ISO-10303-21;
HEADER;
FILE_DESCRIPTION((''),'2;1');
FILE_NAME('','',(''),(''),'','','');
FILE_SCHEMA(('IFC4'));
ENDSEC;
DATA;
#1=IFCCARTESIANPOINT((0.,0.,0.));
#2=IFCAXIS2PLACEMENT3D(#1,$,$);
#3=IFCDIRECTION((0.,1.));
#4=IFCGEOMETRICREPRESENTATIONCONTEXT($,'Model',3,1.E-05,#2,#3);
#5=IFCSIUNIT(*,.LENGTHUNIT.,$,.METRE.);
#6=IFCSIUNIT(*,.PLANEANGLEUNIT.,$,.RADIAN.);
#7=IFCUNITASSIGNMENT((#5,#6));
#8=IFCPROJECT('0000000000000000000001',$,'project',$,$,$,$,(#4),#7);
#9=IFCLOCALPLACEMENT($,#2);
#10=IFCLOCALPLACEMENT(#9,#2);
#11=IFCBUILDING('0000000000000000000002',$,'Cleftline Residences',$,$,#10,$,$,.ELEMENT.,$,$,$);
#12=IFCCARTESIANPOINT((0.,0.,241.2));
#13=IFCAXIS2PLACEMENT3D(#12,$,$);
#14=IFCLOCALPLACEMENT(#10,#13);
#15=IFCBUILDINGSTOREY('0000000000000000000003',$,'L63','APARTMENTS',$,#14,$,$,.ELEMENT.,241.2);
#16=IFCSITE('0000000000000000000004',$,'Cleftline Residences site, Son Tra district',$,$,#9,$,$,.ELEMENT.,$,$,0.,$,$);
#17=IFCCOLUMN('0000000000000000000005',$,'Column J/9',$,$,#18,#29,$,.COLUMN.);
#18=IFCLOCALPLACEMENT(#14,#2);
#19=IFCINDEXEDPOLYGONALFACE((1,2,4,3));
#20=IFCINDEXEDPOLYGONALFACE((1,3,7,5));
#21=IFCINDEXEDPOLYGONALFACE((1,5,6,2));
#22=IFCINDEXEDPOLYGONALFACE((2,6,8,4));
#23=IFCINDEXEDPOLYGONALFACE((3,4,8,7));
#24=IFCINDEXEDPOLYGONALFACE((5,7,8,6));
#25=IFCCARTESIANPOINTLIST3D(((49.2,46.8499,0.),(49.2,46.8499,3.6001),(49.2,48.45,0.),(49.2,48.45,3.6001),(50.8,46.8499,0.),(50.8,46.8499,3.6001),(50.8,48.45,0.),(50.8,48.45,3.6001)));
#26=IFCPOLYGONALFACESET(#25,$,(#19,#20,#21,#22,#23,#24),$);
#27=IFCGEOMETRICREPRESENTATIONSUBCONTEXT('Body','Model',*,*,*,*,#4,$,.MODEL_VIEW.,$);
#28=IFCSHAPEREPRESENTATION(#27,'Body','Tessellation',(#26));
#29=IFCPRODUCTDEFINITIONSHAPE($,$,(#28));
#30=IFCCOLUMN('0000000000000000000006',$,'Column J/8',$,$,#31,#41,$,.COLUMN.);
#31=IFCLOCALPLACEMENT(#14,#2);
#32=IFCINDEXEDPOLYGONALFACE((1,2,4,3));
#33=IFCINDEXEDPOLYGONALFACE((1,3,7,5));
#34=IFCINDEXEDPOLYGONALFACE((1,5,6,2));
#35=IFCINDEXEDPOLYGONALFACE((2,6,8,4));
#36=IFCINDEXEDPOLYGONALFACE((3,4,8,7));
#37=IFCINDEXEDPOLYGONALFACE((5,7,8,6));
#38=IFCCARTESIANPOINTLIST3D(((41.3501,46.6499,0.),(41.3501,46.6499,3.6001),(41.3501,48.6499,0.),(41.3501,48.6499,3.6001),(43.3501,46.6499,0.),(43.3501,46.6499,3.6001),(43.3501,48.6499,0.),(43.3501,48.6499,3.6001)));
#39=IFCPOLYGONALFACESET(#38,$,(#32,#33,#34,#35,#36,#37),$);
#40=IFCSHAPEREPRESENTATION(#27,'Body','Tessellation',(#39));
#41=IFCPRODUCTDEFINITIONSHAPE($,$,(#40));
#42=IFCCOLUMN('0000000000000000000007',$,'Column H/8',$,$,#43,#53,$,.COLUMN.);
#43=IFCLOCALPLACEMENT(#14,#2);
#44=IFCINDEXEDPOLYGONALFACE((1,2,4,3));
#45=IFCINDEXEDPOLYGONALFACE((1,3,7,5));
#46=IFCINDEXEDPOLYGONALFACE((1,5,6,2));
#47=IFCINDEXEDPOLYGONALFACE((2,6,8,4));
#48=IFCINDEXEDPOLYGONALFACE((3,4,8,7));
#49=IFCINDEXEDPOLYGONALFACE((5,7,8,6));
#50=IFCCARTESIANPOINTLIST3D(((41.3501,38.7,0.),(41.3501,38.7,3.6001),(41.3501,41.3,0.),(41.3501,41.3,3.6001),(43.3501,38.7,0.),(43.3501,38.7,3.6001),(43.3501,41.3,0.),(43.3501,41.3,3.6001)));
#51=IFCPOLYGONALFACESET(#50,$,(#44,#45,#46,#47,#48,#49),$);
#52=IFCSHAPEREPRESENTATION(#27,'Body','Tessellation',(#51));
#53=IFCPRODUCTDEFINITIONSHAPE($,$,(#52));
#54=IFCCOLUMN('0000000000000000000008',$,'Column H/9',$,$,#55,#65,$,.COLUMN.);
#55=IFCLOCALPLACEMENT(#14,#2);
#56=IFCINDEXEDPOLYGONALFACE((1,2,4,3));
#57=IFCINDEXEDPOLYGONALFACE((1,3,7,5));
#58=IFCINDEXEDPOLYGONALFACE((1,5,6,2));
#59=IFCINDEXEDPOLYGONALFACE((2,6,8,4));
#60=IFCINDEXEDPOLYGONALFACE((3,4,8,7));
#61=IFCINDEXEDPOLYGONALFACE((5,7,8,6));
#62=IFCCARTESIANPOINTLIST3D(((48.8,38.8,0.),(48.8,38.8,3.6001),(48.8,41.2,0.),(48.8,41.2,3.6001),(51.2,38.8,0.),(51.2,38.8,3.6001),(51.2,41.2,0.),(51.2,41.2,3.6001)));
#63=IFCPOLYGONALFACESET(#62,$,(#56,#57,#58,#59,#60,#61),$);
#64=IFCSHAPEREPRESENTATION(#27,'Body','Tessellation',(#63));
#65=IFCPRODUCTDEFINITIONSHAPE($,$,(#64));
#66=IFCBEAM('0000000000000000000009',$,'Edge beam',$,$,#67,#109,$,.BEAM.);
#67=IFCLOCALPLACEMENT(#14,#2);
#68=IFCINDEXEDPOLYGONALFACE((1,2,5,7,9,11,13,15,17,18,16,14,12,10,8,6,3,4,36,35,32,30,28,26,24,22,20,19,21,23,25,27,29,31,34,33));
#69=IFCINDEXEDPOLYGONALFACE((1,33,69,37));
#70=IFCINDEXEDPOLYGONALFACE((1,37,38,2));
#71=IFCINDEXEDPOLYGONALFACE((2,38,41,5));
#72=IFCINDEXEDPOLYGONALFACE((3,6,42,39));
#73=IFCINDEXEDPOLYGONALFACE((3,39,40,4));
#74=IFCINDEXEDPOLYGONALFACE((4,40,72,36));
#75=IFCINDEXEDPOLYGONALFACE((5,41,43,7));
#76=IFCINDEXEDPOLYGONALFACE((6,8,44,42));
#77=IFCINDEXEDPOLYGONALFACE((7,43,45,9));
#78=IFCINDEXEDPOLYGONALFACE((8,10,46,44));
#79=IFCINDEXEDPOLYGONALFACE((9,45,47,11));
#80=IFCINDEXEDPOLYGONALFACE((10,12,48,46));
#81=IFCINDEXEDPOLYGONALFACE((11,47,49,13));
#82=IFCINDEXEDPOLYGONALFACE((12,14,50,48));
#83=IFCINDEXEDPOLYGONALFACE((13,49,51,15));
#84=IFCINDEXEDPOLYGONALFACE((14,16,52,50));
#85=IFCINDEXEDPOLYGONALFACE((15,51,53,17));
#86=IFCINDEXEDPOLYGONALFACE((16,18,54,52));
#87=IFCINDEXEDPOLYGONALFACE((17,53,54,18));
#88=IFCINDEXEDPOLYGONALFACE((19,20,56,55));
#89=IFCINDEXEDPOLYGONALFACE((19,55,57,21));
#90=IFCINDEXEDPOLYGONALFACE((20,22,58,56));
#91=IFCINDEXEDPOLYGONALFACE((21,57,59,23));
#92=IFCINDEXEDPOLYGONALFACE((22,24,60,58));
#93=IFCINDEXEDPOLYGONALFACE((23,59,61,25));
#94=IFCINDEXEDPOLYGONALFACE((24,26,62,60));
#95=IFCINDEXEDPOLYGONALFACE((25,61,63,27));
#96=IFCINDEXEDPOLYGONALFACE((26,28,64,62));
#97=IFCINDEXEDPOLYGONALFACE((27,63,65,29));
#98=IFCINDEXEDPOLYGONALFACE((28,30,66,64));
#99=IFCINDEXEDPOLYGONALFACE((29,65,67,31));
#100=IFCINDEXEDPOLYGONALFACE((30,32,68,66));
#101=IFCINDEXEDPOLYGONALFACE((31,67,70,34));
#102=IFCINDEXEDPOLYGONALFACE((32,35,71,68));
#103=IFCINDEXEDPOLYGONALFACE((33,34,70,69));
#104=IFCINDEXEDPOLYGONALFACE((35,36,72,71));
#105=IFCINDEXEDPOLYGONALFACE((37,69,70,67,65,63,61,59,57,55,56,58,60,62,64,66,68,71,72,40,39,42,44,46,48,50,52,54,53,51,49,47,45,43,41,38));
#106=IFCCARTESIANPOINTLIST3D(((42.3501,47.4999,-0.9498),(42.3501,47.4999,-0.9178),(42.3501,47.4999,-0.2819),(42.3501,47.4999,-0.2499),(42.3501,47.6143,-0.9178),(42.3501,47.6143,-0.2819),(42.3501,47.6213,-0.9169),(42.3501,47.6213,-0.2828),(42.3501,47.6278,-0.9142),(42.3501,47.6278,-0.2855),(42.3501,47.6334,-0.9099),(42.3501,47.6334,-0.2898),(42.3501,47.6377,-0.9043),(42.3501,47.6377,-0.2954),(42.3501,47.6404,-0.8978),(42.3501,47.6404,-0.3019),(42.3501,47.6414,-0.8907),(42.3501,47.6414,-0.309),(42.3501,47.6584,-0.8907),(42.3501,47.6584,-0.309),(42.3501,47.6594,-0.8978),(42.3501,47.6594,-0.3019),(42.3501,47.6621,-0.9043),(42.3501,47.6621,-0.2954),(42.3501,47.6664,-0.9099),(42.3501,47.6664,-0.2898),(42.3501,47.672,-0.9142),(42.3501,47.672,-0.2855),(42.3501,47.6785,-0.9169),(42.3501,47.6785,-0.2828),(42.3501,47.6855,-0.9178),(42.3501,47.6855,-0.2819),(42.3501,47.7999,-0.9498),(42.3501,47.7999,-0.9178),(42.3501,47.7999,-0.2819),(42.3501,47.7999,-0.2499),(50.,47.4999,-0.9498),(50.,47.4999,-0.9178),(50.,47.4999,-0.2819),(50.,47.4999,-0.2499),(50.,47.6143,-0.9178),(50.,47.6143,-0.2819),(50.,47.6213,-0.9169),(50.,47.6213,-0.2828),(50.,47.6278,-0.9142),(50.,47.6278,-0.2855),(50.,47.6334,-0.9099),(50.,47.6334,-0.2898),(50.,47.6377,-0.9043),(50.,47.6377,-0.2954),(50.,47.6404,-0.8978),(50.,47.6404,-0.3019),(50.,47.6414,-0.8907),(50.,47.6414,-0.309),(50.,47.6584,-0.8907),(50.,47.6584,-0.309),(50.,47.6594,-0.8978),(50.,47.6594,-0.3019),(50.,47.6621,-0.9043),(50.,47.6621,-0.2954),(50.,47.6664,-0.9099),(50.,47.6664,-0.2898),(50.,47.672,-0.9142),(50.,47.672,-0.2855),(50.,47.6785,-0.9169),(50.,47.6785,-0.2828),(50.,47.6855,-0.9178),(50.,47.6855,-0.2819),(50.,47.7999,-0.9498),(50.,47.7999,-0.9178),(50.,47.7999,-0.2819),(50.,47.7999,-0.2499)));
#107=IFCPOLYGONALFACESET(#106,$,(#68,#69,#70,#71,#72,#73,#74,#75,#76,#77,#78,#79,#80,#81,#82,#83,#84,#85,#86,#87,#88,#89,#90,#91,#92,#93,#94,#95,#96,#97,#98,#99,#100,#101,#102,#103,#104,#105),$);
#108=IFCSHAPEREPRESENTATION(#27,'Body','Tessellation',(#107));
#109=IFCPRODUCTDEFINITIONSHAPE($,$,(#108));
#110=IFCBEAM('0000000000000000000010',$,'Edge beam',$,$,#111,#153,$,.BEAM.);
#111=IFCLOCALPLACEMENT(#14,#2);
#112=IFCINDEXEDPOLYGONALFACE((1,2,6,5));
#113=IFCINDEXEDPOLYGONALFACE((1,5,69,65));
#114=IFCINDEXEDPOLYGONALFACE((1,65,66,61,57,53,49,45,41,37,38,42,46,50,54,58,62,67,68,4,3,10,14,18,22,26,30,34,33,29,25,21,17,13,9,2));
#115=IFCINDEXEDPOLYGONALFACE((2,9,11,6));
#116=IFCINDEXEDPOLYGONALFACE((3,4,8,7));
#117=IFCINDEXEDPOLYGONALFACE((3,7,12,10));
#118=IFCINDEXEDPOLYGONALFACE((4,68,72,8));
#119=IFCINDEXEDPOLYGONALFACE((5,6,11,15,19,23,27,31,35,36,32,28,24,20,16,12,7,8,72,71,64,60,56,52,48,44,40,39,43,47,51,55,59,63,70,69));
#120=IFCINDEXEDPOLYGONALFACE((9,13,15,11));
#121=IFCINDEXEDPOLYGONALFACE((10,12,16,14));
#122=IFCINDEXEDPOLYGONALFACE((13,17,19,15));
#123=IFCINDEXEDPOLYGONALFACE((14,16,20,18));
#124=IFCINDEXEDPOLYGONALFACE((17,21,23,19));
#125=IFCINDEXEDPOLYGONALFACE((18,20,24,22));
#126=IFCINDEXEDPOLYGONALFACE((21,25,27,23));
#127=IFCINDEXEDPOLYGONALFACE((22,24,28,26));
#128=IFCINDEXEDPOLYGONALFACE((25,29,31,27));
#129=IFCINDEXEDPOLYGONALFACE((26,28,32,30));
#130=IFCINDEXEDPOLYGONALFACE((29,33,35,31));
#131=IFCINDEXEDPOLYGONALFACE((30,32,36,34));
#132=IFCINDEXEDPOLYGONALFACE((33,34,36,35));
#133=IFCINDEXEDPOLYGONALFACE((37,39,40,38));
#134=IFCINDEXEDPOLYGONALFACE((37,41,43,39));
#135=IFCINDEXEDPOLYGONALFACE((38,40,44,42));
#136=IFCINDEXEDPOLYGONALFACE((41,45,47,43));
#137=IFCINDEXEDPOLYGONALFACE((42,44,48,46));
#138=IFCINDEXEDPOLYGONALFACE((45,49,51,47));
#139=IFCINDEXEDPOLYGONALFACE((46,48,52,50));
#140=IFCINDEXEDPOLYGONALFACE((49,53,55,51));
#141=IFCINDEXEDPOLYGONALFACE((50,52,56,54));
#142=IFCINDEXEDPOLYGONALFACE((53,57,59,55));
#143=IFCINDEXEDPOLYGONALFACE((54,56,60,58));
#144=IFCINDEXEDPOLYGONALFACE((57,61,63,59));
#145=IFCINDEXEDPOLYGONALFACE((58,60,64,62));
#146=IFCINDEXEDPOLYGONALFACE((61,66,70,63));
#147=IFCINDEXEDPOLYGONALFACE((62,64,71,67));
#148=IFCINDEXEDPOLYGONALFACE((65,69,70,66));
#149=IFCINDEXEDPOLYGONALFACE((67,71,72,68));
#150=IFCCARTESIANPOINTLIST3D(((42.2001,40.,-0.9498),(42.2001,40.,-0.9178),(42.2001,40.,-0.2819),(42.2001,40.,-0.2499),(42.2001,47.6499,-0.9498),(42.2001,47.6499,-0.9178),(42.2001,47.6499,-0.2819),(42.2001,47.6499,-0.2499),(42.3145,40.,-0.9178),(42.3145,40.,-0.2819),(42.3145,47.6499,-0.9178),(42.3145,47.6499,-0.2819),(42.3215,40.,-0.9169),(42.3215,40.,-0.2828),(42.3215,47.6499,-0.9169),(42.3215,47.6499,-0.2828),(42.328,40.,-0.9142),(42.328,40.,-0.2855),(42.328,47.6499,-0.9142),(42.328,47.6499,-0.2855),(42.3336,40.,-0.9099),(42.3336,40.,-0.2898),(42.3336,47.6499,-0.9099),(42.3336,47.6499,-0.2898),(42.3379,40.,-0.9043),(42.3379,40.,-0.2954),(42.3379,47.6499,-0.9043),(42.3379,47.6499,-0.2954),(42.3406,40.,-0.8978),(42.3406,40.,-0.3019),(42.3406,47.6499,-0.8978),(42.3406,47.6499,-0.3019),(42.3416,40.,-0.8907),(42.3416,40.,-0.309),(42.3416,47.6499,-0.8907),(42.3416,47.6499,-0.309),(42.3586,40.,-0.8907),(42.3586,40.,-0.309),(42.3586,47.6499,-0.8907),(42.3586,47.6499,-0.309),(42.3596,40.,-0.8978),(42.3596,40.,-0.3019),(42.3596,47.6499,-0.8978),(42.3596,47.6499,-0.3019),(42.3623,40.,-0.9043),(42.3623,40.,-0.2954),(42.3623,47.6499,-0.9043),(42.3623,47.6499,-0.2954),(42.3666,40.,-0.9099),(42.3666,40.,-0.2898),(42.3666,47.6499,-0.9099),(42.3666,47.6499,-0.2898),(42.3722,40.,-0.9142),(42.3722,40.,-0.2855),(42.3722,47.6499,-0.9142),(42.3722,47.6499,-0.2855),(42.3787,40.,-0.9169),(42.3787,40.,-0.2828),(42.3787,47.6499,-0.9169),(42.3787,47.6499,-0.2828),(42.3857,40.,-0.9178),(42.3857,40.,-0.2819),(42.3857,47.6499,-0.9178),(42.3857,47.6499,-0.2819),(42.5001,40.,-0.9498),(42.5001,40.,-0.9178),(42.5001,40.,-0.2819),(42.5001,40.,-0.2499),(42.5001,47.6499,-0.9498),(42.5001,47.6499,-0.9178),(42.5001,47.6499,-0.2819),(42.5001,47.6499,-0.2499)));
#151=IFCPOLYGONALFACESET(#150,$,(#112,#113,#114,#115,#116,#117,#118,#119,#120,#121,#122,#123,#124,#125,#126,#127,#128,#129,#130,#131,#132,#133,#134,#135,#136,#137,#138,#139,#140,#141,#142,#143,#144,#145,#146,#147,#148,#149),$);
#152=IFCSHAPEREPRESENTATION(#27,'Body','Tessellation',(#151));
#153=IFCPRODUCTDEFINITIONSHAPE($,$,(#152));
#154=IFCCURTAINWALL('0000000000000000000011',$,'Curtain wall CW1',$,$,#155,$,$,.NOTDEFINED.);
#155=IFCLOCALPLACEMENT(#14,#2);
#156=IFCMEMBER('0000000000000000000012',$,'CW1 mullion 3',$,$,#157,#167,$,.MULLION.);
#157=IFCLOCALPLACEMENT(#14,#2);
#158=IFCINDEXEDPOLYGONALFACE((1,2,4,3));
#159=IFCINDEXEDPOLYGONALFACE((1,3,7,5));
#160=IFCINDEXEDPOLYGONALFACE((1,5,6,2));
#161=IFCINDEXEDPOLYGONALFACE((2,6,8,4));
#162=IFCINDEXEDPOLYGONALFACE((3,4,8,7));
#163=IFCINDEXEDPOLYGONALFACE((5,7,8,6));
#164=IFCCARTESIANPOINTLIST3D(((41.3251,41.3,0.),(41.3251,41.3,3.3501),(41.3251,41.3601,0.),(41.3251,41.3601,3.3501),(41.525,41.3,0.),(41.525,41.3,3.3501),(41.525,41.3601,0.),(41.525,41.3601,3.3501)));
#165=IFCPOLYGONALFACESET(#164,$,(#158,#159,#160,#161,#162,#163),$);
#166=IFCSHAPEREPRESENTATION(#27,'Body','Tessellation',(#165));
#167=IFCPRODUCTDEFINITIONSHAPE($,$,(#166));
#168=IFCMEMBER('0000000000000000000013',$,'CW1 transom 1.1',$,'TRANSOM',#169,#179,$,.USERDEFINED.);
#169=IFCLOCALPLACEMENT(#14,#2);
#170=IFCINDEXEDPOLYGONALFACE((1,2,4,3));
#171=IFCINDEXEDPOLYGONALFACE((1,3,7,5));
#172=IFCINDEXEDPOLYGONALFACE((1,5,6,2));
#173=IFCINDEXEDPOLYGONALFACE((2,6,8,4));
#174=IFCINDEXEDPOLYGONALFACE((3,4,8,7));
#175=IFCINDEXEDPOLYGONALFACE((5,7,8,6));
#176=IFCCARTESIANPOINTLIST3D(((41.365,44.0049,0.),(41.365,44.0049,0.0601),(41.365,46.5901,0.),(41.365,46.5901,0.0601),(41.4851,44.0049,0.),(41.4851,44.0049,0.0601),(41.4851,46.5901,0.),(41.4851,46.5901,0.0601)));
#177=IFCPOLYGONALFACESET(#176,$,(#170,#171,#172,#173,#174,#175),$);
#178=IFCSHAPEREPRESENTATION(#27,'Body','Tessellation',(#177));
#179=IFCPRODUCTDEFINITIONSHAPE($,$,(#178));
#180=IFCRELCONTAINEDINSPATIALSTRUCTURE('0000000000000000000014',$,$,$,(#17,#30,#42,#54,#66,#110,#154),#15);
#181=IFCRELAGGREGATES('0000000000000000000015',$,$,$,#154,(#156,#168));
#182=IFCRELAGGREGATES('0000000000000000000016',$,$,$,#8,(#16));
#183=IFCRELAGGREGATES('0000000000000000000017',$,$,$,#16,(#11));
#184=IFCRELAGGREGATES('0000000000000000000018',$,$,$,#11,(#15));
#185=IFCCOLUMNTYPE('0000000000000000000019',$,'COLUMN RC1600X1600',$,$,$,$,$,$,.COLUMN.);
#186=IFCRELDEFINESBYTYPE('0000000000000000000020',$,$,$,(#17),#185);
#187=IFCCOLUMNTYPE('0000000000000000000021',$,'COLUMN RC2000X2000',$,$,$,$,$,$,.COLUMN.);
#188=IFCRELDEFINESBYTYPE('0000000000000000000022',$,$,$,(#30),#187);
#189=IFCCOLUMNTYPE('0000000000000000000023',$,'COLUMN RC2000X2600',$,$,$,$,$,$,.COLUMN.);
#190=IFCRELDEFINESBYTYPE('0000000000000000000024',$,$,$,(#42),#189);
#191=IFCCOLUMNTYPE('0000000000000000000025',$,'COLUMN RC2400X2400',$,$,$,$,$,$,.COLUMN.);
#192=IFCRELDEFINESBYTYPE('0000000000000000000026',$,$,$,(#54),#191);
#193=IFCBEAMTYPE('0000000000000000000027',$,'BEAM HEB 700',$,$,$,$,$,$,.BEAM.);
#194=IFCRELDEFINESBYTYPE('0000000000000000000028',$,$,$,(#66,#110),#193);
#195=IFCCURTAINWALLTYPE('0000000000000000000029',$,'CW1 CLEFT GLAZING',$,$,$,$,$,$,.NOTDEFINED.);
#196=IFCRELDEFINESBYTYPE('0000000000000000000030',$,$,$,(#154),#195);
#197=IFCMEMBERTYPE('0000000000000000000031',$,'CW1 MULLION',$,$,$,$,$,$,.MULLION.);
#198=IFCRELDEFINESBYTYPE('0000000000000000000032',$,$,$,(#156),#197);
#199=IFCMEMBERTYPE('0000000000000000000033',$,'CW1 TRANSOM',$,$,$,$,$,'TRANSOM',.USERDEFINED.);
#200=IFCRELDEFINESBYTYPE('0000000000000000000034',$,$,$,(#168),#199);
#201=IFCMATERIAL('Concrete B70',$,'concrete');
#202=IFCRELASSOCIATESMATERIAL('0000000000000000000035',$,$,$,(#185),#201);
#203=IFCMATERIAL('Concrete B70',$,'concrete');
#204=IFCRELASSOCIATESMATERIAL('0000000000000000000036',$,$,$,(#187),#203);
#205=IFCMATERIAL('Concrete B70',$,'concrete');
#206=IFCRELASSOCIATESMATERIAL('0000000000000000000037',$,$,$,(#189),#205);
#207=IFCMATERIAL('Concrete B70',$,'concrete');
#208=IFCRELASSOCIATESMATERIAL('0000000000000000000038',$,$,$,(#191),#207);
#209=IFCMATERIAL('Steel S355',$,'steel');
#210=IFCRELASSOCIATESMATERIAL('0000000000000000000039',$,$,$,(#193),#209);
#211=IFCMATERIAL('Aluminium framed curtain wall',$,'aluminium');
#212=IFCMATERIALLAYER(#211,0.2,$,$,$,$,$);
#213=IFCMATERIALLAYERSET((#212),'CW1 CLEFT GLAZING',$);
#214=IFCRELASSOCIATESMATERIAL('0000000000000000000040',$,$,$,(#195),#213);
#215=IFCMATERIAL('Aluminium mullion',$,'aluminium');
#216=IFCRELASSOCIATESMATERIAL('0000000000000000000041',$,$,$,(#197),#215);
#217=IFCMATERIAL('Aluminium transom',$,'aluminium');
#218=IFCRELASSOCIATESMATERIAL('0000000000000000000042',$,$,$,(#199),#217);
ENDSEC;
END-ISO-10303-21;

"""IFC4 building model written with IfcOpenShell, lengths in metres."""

from ifc_helpers import new_model, si_unit, direction, frame, origin, origin_2d, place, context, subcontext, project, spatial, rectangle, i_section, extrude, material, layer, layer_set, material_profile, profile_set, type_object, element, aggregate, save


model = new_model("IFC4")

# Units and contexts
model_context = context("Model", 3, precision=1e-05, world=origin(), true_north=direction((0.0, 1.0)))
body_context = subcontext(model_context, "Body", "Model", "MODEL_VIEW")
ifc_project = project(units=[si_unit("LENGTHUNIT", "METRE"), si_unit("PLANEANGLEUNIT", "RADIAN")], contexts=[model_context])

# Site, building, storey
site_placement = place(None, origin())
site = spatial("IfcSite", under=ifc_project, at=site_placement, Name="Cleftline Residences site, Son Tra district", CompositionType="ELEMENT", RefElevation=0.0)
building_placement = place(site_placement, origin())
building = spatial("IfcBuilding", under=site, at=building_placement, Name="Cleftline Residences", CompositionType="ELEMENT")
storey_placement = place(building_placement, frame((0.0, 0.0, 241.2)))
storey = spatial("IfcBuildingStorey", under=building, at=storey_placement, Name="L63", Description="APARTMENTS", CompositionType="ELEMENT", Elevation=241.2)

# Columns
ifc_material_1 = material(Name="Concrete B70", Category="concrete")
ifc_material_profile_1 = material_profile(ifc_material_1, rectangle(XDim=1.6001, YDim=1.6001, at=origin_2d()))
ifc_profile_set_1 = profile_set([ifc_material_profile_1], Name="Concrete B70")
column_type_1 = type_object("IfcColumnType", Name="COLUMN RC1600X1600", PredefinedType="COLUMN", material=ifc_profile_set_1)
column_1_placement = place(storey_placement, frame((50.0, 47.6499, 0.0), z_axis=(0.0, 0.0, 1.0), x_axis=(1.0, 0.0, 0.0)))
element("IfcColumn", 1, at=column_1_placement, inside=storey, type_object=column_type_1, Name="Column J/9", PredefinedType="COLUMN", context=body_context, shape_type="SweptSolid", body=[
    extrude(rectangle(XDim=1.6001, YDim=1.6001, at=origin_2d()), origin(), (0.0, 0.0, 1.0), 3.6001),
])
ifc_material_2 = material(Name="Concrete B70", Category="concrete")
ifc_material_profile_2 = material_profile(ifc_material_2, rectangle(XDim=2.0, YDim=2.0, at=origin_2d()))
ifc_profile_set_2 = profile_set([ifc_material_profile_2], Name="Concrete B70")
column_type_2 = type_object("IfcColumnType", Name="COLUMN RC2000X2000", PredefinedType="COLUMN", material=ifc_profile_set_2)
column_2_placement = place(storey_placement, frame((42.3501, 47.6499, 0.0), z_axis=(0.0, 0.0, 1.0), x_axis=(1.0, 0.0, 0.0)))
element("IfcColumn", 2, at=column_2_placement, inside=storey, type_object=column_type_2, Name="Column J/8", PredefinedType="COLUMN", context=body_context, shape_type="SweptSolid", body=[
    extrude(rectangle(XDim=2.0, YDim=2.0, at=origin_2d()), origin(), (0.0, 0.0, 1.0), 3.6001),
])
ifc_material_3 = material(Name="Concrete B70", Category="concrete")
ifc_material_profile_3 = material_profile(ifc_material_3, rectangle(XDim=2.0, YDim=2.6001, at=origin_2d()))
ifc_profile_set_3 = profile_set([ifc_material_profile_3], Name="Concrete B70")
column_type_3 = type_object("IfcColumnType", Name="COLUMN RC2000X2600", PredefinedType="COLUMN", material=ifc_profile_set_3)
column_3_placement = place(storey_placement, frame((42.3501, 40.0, 0.0), z_axis=(0.0, 0.0, 1.0), x_axis=(1.0, 0.0, 0.0)))
element("IfcColumn", 3, at=column_3_placement, inside=storey, type_object=column_type_3, Name="Column H/8", PredefinedType="COLUMN", context=body_context, shape_type="SweptSolid", body=[
    extrude(rectangle(XDim=2.0, YDim=2.6001, at=origin_2d()), origin(), (0.0, 0.0, 1.0), 3.6001),
])
ifc_material_4 = material(Name="Concrete B70", Category="concrete")
ifc_material_profile_4 = material_profile(ifc_material_4, rectangle(XDim=2.3999, YDim=2.3999, at=origin_2d()))
ifc_profile_set_4 = profile_set([ifc_material_profile_4], Name="Concrete B70")
column_type_4 = type_object("IfcColumnType", Name="COLUMN RC2400X2400", PredefinedType="COLUMN", material=ifc_profile_set_4)
column_4_placement = place(storey_placement, frame((50.0, 40.0, 0.0), z_axis=(0.0, 0.0, 1.0), x_axis=(1.0, 0.0, 0.0)))
element("IfcColumn", 4, at=column_4_placement, inside=storey, type_object=column_type_4, Name="Column H/9", PredefinedType="COLUMN", context=body_context, shape_type="SweptSolid", body=[
    extrude(rectangle(XDim=2.3999, YDim=2.3999, at=origin_2d()), origin(), (0.0, 0.0, 1.0), 3.6001),
])

# Beams
ifc_material_5 = material(Name="Steel S355", Category="steel")
ifc_material_profile_5 = material_profile(ifc_material_5, i_section(OverallWidth=0.3, OverallDepth=0.7, WebThickness=0.0171, FlangeThickness=0.032, FilletRadius=0.0271, at=origin_2d()))
ifc_profile_set_5 = profile_set([ifc_material_profile_5], Name="Steel S355")
beam_type = type_object("IfcBeamType", Name="BEAM HEB 700", PredefinedType="BEAM", material=ifc_profile_set_5)
for number, where, z_axis, x_axis, name in (
    (5, (50.0, 47.6499, -0.5999), (-1.0, 0.0, 0.0), (0.0, -1.0, 0.0), "Edge beam"),
    (6, (42.3501, 47.6499, -0.5999), (0.0, -1.0, 0.0), (1.0, 0.0, 0.0), "Edge beam"),
):
    element("IfcBeam", number, at=place(storey_placement, frame(where, z_axis=z_axis, x_axis=x_axis)), inside=storey, type_object=beam_type, Name=name, PredefinedType="BEAM", context=body_context, shape_type="SweptSolid", body=[
        extrude(i_section(OverallWidth=0.3, OverallDepth=0.7, WebThickness=0.0171, FlangeThickness=0.032, FilletRadius=0.0271, at=origin_2d()), origin(), (0.0, 0.0, 1.0), 7.6499),
    ])

# Curtain wall, members
ifc_material_6 = material(Name="Aluminium framed curtain wall", Category="aluminium")
ifc_layer_1 = layer(ifc_material_6, 0.2)
ifc_layer_set_1 = layer_set([ifc_layer_1], Name="CW1 CLEFT GLAZING")
curtain_wall_type = type_object("IfcCurtainWallType", Name="CW1 CLEFT GLAZING", PredefinedType="NOTDEFINED", material=ifc_layer_set_1)
curtain_wall_placement = place(storey_placement, origin())
curtain_wall = element("IfcCurtainWall", 7, at=curtain_wall_placement, inside=storey, type_object=curtain_wall_type, Name="Curtain wall CW1", PredefinedType="NOTDEFINED")
ifc_material_7 = material(Name="Aluminium mullion", Category="aluminium")
ifc_material_profile_6 = material_profile(ifc_material_7, rectangle(XDim=0.2, YDim=0.0601, at=origin_2d()))
ifc_profile_set_6 = profile_set([ifc_material_profile_6], Name="Aluminium mullion")
member_type_1 = type_object("IfcMemberType", Name="CW1 MULLION", PredefinedType="MULLION", material=ifc_profile_set_6)
member_1_placement = place(storey_placement, frame((41.425, 41.3301, 0.0), z_axis=(0.0, 0.0, 1.0), x_axis=(1.0, 0.0, 0.0)))
member_1 = element("IfcMember", 8, at=member_1_placement, type_object=member_type_1, Name="CW1 mullion 3", PredefinedType="MULLION", context=body_context, shape_type="SweptSolid", body=[
    extrude(rectangle(XDim=0.2, YDim=0.0601, at=origin_2d()), origin(), (0.0, 0.0, 1.0), 3.3501),
])
ifc_material_8 = material(Name="Aluminium transom", Category="aluminium")
ifc_material_profile_7 = material_profile(ifc_material_8, rectangle(XDim=0.1201, YDim=0.0601, at=origin_2d()))
ifc_profile_set_7 = profile_set([ifc_material_profile_7], Name="Aluminium transom")
member_type_2 = type_object("IfcMemberType", Name="CW1 TRANSOM", ElementType="TRANSOM", PredefinedType="USERDEFINED", material=ifc_profile_set_7)
member_2_placement = place(storey_placement, frame((41.425, 46.5901, 0.03), z_axis=(0.0, -1.0, 0.0), x_axis=(1.0, 0.0, 0.0)))
member_2 = element("IfcMember", 9, at=member_2_placement, type_object=member_type_2, Name="CW1 transom 1.1", ObjectType="TRANSOM", PredefinedType="USERDEFINED", context=body_context, shape_type="SweptSolid", body=[
    extrude(rectangle(XDim=0.1201, YDim=0.0601, at=origin_2d()), origin(), (0.0, 0.0, 1.0), 2.5852),
])
aggregate(curtain_wall, [member_1, member_2])

save(model, "model.ifc")
